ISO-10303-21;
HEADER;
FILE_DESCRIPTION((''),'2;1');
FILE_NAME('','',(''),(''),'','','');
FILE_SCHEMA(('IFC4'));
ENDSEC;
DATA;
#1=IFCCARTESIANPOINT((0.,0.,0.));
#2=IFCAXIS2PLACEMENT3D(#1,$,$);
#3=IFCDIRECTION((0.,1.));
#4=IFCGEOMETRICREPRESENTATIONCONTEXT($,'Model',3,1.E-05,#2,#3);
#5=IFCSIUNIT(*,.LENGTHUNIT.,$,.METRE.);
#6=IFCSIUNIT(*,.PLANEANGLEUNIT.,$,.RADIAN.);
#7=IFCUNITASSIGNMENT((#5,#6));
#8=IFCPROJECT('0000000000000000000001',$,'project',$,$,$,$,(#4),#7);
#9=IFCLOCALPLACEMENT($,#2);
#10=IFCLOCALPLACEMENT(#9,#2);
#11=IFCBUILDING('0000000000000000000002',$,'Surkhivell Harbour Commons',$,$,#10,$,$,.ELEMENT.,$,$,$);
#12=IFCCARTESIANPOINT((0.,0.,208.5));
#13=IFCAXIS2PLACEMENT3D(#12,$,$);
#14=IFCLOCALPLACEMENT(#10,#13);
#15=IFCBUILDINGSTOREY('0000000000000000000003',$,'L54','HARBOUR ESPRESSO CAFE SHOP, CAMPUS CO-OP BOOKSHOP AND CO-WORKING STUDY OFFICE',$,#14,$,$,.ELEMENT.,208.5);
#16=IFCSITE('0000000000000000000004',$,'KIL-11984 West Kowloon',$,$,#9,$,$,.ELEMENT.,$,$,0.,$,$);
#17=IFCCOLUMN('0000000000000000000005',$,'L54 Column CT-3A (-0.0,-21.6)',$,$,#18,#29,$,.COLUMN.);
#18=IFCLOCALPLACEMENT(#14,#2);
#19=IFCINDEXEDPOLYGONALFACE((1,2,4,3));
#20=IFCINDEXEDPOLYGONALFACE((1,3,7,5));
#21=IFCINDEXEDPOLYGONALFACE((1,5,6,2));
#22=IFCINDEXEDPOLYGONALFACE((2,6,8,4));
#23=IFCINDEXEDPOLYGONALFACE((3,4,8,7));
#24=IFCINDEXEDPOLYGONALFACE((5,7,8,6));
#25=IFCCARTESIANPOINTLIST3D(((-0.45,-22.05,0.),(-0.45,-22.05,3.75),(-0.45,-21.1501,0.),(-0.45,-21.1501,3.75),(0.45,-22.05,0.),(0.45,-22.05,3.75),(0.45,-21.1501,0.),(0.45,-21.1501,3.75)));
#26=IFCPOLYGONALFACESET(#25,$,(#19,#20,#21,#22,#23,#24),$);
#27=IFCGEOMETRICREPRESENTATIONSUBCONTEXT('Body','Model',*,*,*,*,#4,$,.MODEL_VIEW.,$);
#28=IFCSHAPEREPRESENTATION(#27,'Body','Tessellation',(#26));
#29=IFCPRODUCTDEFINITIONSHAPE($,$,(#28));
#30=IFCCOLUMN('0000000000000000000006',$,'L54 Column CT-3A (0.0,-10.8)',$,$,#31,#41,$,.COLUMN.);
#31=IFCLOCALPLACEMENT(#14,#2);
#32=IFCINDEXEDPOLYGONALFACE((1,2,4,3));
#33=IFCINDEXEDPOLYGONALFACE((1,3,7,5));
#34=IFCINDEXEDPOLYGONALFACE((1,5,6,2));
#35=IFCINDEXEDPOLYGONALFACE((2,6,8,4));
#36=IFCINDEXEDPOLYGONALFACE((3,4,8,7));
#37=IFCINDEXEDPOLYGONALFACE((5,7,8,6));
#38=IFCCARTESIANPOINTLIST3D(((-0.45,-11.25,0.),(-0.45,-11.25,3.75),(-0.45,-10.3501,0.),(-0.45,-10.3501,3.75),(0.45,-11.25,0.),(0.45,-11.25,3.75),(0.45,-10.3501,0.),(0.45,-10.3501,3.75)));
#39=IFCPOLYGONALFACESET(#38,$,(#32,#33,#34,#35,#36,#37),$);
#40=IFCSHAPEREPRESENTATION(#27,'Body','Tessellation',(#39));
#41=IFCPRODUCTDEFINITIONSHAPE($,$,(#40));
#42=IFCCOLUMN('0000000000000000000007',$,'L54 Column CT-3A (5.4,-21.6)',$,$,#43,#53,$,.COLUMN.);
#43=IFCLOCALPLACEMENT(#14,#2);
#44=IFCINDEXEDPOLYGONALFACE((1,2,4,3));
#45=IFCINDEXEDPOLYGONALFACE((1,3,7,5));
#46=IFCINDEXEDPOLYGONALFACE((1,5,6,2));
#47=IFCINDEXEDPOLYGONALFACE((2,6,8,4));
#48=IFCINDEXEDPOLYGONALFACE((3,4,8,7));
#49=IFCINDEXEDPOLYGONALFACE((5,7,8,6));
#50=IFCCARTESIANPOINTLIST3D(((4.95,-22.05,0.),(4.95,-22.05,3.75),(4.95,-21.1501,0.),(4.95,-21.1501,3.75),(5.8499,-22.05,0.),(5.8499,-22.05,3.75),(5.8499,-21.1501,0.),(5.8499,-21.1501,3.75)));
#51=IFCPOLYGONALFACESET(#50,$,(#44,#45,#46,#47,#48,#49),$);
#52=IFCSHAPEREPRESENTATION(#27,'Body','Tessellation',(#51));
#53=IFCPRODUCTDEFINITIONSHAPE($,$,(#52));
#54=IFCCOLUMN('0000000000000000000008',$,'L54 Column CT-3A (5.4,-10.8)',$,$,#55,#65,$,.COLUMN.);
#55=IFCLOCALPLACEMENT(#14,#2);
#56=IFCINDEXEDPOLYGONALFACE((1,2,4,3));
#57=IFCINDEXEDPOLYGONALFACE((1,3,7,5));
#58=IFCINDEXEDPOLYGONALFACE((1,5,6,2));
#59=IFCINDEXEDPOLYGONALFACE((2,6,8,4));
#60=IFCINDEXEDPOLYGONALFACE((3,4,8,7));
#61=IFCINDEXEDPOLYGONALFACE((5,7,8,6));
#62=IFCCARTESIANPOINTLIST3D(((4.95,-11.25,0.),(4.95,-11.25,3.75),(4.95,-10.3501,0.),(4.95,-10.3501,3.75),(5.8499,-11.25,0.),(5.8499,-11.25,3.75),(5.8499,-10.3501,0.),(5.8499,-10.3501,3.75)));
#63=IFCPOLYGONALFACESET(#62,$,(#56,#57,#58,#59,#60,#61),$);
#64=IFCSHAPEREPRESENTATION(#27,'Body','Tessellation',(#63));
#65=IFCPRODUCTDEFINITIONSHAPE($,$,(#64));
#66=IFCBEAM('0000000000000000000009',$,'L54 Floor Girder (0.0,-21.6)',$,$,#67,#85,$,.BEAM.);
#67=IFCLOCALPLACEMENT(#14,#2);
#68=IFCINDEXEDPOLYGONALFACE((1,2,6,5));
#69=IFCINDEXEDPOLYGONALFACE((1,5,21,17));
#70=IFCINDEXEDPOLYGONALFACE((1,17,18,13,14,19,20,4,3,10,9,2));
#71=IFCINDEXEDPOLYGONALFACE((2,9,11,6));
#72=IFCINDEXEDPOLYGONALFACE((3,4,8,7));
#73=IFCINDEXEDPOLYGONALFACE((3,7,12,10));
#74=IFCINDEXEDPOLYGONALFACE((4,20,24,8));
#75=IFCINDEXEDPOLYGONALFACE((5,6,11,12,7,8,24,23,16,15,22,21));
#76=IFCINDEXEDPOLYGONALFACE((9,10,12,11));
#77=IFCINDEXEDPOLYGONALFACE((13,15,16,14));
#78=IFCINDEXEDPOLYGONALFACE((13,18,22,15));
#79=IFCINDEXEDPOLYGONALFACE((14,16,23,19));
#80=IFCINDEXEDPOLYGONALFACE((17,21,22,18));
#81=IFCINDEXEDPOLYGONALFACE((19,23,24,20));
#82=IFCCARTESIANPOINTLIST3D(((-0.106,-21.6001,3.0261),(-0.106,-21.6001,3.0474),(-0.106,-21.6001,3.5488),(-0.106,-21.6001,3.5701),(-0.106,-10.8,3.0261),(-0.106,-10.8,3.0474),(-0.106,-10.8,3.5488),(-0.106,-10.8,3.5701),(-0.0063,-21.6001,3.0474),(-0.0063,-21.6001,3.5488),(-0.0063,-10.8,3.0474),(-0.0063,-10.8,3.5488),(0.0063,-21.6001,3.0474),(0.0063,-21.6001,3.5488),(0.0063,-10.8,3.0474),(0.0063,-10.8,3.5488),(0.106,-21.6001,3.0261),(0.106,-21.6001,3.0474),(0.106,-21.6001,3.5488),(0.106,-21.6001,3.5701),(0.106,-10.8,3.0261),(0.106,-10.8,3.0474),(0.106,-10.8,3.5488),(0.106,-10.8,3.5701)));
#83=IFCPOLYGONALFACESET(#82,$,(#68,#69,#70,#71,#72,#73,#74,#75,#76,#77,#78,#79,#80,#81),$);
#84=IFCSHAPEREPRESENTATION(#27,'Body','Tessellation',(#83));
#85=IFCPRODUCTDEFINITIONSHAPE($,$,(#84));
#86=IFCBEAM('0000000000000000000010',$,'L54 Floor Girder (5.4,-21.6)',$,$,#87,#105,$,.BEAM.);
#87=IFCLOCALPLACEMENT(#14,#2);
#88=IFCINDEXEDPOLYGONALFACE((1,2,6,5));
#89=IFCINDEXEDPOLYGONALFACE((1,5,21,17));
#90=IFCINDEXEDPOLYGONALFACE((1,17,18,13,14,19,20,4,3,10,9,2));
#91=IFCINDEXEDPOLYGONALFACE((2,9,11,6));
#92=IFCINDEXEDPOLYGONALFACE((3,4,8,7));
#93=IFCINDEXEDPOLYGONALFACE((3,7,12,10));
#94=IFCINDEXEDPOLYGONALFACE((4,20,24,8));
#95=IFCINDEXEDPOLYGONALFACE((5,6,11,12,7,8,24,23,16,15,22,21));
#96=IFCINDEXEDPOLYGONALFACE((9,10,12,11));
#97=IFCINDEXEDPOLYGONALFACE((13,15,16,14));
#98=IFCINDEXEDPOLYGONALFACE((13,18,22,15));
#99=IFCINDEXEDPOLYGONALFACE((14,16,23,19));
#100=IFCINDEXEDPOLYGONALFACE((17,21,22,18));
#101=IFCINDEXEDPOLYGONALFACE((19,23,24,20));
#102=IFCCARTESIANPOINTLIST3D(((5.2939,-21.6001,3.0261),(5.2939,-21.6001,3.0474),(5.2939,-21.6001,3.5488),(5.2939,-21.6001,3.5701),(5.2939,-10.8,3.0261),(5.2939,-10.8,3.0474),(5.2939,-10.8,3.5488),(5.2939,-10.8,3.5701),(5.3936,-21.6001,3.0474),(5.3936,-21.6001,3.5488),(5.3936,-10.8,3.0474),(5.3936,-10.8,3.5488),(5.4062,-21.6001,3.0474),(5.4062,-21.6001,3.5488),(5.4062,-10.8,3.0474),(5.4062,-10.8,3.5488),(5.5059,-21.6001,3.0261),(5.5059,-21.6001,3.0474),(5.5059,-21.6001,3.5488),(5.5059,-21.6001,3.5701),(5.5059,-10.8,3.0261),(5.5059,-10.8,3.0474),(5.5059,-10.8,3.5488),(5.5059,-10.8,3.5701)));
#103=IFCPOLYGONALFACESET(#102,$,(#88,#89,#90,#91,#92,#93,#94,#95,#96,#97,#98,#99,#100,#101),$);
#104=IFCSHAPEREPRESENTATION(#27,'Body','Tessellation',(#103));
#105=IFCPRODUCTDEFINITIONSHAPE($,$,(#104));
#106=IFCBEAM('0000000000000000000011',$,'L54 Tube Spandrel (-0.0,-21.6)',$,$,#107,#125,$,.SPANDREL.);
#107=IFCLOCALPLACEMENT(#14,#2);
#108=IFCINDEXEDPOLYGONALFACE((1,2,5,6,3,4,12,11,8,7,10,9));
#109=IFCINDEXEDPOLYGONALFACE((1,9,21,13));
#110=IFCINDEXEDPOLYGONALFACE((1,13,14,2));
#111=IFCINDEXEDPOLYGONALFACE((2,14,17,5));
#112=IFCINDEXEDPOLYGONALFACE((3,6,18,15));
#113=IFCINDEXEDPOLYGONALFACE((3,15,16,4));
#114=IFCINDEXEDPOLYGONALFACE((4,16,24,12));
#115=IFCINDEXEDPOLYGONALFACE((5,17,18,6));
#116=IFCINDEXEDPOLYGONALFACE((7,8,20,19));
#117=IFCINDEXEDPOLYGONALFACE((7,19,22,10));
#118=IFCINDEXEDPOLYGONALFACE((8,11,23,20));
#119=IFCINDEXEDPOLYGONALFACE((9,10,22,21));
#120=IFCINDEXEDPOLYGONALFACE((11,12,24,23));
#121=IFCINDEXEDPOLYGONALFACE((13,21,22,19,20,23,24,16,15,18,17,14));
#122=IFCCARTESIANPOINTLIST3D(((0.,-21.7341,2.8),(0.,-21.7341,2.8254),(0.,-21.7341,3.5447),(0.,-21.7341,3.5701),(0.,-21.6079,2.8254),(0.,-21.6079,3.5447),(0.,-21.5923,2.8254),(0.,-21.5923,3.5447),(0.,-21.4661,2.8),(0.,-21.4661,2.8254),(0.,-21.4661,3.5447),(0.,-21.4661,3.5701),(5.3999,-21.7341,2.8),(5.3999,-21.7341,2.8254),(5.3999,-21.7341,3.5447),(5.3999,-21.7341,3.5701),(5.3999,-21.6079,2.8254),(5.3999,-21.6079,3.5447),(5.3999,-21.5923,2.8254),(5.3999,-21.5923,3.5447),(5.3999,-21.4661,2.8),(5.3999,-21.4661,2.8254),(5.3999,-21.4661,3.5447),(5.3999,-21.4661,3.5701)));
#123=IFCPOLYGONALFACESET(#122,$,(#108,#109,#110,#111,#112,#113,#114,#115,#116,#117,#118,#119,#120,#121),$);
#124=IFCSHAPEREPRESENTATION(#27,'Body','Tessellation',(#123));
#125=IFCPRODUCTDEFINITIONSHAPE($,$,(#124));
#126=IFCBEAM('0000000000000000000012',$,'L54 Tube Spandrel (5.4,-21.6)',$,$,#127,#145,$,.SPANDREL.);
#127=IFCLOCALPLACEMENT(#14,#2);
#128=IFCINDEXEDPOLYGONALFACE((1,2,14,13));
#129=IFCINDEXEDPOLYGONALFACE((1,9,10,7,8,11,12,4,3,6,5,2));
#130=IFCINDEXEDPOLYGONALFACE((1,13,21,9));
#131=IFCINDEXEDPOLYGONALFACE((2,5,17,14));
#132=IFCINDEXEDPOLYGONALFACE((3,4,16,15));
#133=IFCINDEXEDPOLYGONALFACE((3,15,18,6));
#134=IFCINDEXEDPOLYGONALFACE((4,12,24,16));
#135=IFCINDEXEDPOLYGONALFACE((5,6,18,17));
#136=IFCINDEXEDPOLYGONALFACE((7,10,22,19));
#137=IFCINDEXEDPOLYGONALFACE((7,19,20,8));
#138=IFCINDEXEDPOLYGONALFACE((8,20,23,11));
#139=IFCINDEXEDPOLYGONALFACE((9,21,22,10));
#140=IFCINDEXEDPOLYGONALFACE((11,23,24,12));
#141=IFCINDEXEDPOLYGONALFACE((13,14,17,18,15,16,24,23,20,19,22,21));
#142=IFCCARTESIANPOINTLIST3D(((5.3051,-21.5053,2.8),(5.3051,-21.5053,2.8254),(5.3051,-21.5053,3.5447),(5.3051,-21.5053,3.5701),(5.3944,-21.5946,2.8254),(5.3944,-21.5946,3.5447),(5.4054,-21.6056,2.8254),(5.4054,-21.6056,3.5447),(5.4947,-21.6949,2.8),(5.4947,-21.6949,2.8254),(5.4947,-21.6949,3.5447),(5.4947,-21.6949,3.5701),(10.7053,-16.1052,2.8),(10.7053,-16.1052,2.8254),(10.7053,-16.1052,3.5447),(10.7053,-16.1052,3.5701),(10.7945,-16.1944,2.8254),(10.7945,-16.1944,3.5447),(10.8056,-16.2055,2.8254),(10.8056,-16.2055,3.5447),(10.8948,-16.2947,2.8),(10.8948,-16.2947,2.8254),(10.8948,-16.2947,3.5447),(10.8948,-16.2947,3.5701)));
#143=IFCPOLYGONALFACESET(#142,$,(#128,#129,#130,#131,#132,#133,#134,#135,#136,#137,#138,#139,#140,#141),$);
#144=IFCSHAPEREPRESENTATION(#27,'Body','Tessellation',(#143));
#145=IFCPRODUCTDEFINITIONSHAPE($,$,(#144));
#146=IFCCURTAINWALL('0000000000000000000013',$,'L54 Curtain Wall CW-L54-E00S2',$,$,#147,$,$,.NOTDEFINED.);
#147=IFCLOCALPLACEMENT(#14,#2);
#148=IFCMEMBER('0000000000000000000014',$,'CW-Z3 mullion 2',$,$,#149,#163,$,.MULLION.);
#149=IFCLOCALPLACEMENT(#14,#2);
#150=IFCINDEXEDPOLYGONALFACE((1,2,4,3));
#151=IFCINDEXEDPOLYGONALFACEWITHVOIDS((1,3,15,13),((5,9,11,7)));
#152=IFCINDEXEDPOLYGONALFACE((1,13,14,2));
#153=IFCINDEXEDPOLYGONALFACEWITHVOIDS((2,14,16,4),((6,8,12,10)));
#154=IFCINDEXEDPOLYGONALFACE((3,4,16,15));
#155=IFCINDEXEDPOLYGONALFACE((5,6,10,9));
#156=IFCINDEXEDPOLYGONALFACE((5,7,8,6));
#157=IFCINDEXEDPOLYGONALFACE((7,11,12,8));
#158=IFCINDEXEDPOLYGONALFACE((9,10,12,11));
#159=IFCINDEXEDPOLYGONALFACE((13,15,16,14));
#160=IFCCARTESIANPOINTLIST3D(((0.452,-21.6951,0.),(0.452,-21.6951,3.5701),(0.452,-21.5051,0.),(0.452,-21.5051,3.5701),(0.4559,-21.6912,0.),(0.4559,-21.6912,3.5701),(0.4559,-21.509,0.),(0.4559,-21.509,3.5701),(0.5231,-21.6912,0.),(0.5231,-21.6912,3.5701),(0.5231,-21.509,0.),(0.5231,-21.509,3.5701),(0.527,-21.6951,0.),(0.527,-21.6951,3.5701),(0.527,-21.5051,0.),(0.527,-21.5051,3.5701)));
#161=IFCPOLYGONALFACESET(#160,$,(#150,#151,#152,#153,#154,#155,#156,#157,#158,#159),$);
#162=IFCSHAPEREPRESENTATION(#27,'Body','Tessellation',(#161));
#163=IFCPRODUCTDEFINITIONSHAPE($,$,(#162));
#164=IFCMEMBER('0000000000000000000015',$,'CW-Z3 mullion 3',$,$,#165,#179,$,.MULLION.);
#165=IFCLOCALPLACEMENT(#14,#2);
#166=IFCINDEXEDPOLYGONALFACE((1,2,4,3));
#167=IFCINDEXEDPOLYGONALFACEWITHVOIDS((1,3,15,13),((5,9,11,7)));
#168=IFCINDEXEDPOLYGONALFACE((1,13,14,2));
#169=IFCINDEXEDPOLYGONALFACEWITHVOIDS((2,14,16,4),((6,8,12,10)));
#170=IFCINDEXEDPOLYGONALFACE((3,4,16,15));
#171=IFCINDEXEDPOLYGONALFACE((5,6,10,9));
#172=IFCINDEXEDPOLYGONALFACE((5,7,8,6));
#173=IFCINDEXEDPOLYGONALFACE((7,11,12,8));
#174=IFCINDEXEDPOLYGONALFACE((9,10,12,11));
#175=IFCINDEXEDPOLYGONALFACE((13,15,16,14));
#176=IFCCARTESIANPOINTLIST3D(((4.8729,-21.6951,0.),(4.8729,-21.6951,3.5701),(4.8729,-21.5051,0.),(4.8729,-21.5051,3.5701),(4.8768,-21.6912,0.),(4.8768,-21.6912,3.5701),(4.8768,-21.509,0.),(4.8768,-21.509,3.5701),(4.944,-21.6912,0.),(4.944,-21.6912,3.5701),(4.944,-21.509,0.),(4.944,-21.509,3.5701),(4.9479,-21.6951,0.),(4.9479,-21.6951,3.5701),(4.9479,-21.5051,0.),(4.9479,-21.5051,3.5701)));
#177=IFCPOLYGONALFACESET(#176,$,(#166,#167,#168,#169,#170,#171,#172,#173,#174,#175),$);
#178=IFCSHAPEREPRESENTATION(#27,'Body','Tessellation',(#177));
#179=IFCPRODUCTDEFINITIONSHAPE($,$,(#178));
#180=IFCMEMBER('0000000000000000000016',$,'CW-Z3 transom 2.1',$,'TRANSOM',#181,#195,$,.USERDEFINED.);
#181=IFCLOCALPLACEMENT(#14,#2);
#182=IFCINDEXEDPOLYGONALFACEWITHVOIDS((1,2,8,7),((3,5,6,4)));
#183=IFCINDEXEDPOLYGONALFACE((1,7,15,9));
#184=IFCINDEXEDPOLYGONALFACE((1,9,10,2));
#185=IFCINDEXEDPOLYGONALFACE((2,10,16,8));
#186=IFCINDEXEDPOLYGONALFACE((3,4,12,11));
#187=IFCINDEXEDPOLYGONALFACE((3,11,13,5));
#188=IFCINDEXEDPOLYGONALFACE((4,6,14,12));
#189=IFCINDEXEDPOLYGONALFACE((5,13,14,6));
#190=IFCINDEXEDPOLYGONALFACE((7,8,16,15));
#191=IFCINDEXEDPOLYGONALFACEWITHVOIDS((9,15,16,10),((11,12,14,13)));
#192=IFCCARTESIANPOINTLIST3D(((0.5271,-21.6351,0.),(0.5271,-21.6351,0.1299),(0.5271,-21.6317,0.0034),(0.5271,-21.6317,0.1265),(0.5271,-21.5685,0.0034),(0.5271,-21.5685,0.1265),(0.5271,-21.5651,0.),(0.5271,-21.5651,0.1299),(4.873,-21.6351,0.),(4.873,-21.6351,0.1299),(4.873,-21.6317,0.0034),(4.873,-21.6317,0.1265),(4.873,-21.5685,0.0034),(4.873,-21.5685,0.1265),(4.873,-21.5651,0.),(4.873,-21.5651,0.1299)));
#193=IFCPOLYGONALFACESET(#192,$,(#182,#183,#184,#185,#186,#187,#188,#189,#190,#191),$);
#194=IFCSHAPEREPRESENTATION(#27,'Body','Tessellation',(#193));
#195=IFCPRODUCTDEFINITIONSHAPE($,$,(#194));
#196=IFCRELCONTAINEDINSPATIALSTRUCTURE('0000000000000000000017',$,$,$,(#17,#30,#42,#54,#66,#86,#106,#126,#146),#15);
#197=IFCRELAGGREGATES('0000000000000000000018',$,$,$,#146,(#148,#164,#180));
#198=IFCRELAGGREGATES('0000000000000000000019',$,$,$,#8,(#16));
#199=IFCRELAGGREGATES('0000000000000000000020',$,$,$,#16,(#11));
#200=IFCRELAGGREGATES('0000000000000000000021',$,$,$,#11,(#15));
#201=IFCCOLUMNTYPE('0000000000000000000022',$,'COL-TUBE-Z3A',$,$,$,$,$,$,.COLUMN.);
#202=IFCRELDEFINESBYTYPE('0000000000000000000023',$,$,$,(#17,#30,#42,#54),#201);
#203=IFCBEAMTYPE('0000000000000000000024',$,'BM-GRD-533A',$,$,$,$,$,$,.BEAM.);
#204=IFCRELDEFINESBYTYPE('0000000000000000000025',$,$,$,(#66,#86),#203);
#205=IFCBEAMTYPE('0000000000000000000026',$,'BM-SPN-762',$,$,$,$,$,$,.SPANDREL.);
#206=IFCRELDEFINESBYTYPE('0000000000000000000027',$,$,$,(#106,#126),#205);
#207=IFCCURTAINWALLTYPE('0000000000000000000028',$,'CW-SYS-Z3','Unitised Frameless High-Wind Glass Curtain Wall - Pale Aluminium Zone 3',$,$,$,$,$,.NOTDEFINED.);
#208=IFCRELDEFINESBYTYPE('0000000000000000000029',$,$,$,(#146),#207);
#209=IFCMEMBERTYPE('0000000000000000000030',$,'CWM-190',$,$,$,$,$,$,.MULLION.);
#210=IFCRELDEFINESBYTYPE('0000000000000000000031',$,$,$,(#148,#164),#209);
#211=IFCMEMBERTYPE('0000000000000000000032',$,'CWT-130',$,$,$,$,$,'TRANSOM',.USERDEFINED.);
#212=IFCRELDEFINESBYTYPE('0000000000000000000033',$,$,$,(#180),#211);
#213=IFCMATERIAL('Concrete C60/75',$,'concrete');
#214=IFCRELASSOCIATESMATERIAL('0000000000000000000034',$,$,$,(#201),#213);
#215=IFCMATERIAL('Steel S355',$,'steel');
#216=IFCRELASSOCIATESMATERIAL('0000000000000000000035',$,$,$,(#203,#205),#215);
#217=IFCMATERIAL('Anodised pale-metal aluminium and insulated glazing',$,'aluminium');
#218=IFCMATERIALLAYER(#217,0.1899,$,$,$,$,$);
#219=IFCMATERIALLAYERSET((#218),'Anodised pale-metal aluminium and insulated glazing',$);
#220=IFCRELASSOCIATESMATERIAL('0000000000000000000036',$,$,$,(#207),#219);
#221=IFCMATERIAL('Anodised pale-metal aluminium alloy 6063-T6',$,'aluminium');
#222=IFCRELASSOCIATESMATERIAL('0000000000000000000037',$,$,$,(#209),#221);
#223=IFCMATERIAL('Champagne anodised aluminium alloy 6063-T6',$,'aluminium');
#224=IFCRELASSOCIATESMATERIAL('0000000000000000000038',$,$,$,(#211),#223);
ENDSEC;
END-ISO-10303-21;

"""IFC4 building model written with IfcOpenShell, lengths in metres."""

from ifc_helpers import new_model, si_unit, direction, frame, origin, origin_2d, place, context, subcontext, project, spatial, rectangle, hollow_rectangle, i_section, extrude, material, layer, layer_set, material_profile, profile_set, type_object, element, aggregate, save


model = new_model("IFC4")

# Units and contexts
model_context = context("Model", 3, precision=1e-05, world=origin(), true_north=direction((0.0, 1.0)))
body_context = subcontext(model_context, "Body", "Model", "MODEL_VIEW")
ifc_project = project(units=[si_unit("LENGTHUNIT", "METRE"), si_unit("PLANEANGLEUNIT", "RADIAN")], contexts=[model_context])

# Site, building, storey
site_placement = place(None, origin())
site = spatial("IfcSite", under=ifc_project, at=site_placement, Name="KIL-11984 West Kowloon", CompositionType="ELEMENT", RefElevation=0.0)
building_placement = place(site_placement, origin())
building = spatial("IfcBuilding", under=site, at=building_placement, Name="Surkhivell Harbour Commons", CompositionType="ELEMENT")
storey_placement = place(building_placement, frame((0.0, 0.0, 208.5)))
storey = spatial("IfcBuildingStorey", under=building, at=storey_placement, Name="L54", Description="HARBOUR ESPRESSO CAFE SHOP, CAMPUS CO-OP BOOKSHOP AND CO-WORKING STUDY OFFICE", CompositionType="ELEMENT", Elevation=208.5)

# Columns
ifc_material_1 = material(Name="Concrete C60/75", Category="concrete")
ifc_material_profile_1 = material_profile(ifc_material_1, rectangle(XDim=0.8999, YDim=0.8999, at=origin_2d()), Name="RC-COL-900x900")
ifc_profile_set_1 = profile_set([ifc_material_profile_1], Name="Concrete C60/75")
column_type = type_object("IfcColumnType", Name="COL-TUBE-Z3A", PredefinedType="COLUMN", material=ifc_profile_set_1)
for number, where, z_axis, x_axis, name in (
    (1, (0.0, -21.6001, 0.0), (0.0, 0.0, 1.0), (1.0, 0.0, 0.0), "L54 Column CT-3A (-0.0,-21.6)"),
    (2, (0.0, -10.8, 0.0), (0.0, 0.0, 1.0), (1.0, 0.0, 0.0), "L54 Column CT-3A (0.0,-10.8)"),
    (3, (5.3999, -21.6001, 0.0), (0.0, 0.0, 1.0), (1.0, 0.0, 0.0), "L54 Column CT-3A (5.4,-21.6)"),
    (4, (5.3999, -10.8, 0.0), (0.0, 0.0, 1.0), (1.0, 0.0, 0.0), "L54 Column CT-3A (5.4,-10.8)"),
):
    element("IfcColumn", number, at=place(storey_placement, frame(where, z_axis=z_axis, x_axis=x_axis)), inside=storey, type_object=column_type, Name=name, PredefinedType="COLUMN", context=body_context, shape_type="SweptSolid", body=[
        extrude(rectangle(XDim=0.8999, YDim=0.8999, at=origin_2d()), origin(), (0.0, 0.0, 1.0), 3.75),
    ])

# Beams
ifc_material_2 = material(Name="Steel S355", Category="steel")
ifc_material_profile_2 = material_profile(ifc_material_2, i_section(OverallWidth=0.2119, OverallDepth=0.5439, WebThickness=0.0127, FlangeThickness=0.0212, at=origin_2d()), Name="UB533x210x122")
ifc_profile_set_2 = profile_set([ifc_material_profile_2], Name="Steel S355")
beam_type_1 = type_object("IfcBeamType", Name="BM-GRD-533A", PredefinedType="BEAM", material=ifc_profile_set_2)
for number, where, z_axis, x_axis, name in (
    (5, (0.0, -21.6001, 3.2981), (0.0, 1.0, 0.0), (-1.0, 0.0, 0.0), "L54 Floor Girder (0.0,-21.6)"),
    (6, (5.3999, -21.6001, 3.2981), (0.0, 1.0, 0.0), (-1.0, 0.0, 0.0), "L54 Floor Girder (5.4,-21.6)"),
):
    element("IfcBeam", number, at=place(storey_placement, frame(where, z_axis=z_axis, x_axis=x_axis)), inside=storey, type_object=beam_type_1, Name=name, PredefinedType="BEAM", context=body_context, shape_type="SweptSolid", body=[
        extrude(i_section(OverallWidth=0.2119, OverallDepth=0.5439, WebThickness=0.0127, FlangeThickness=0.0212, at=origin_2d()), origin(), (0.0, 0.0, 1.0), 10.8),
    ])
ifc_material_profile_3 = material_profile(ifc_material_2, i_section(OverallWidth=0.2681, OverallDepth=0.77, WebThickness=0.0156, FlangeThickness=0.0254, at=origin_2d()), Name="UB762x267x197")
ifc_profile_set_3 = profile_set([ifc_material_profile_3], Name="Steel S355")
beam_type_2 = type_object("IfcBeamType", Name="BM-SPN-762", PredefinedType="SPANDREL", material=ifc_profile_set_3)
beam_1_placement = place(storey_placement, frame((0.0, -21.6001, 3.1851), z_axis=(1.0, 0.0, 0.0), x_axis=(0.0, 1.0, 0.0)))
element("IfcBeam", 7, at=beam_1_placement, inside=storey, type_object=beam_type_2, Name="L54 Tube Spandrel (-0.0,-21.6)", PredefinedType="SPANDREL", context=body_context, shape_type="SweptSolid", body=[
    extrude(i_section(OverallWidth=0.2681, OverallDepth=0.77, WebThickness=0.0156, FlangeThickness=0.0254, at=origin_2d()), origin(), (0.0, 0.0, 1.0), 5.3999),
])
beam_2_placement = place(storey_placement, frame((5.3999, -21.6001, 3.1851), z_axis=(0.707107, 0.707107, 0.0), x_axis=(-0.707107, 0.707107, 0.0)))
element("IfcBeam", 8, at=beam_2_placement, inside=storey, type_object=beam_type_2, Name="L54 Tube Spandrel (5.4,-21.6)", PredefinedType="SPANDREL", context=body_context, shape_type="SweptSolid", body=[
    extrude(i_section(OverallWidth=0.2681, OverallDepth=0.77, WebThickness=0.0156, FlangeThickness=0.0254, at=origin_2d()), origin(), (0.0, 0.0, 1.0), 7.637),
])

# Curtain wall, members
ifc_material_3 = material(Name="Anodised pale-metal aluminium and insulated glazing", Category="aluminium")
ifc_layer_1 = layer(ifc_material_3, 0.1899)
ifc_layer_set_1 = layer_set([ifc_layer_1], Name="Anodised pale-metal aluminium and insulated glazing")
curtain_wall_type = type_object("IfcCurtainWallType", Name="CW-SYS-Z3", Description="Unitised Frameless High-Wind Glass Curtain Wall - Pale Aluminium Zone 3", PredefinedType="NOTDEFINED", material=ifc_layer_set_1)
curtain_wall_placement = place(storey_placement, origin())
curtain_wall = element("IfcCurtainWall", 9, at=curtain_wall_placement, inside=storey, type_object=curtain_wall_type, Name="L54 Curtain Wall CW-L54-E00S2", PredefinedType="NOTDEFINED")
ifc_material_4 = material(Name="Anodised pale-metal aluminium alloy 6063-T6", Category="aluminium")
ifc_material_profile_4 = material_profile(ifc_material_4, hollow_rectangle(XDim=0.075, YDim=0.1899, WallThickness=0.0039, at=origin_2d()), Name="ALU-MULL-75x190")
ifc_profile_set_4 = profile_set([ifc_material_profile_4], Name="Anodised pale-metal aluminium alloy 6063-T6")
member_type_1 = type_object("IfcMemberType", Name="CWM-190", PredefinedType="MULLION", material=ifc_profile_set_4)
member_1_placement = place(storey_placement, frame((0.4895, -21.6001, 0.0), z_axis=(0.0, 0.0, 1.0), x_axis=(1.0, 0.0, 0.0)))
member_1 = element("IfcMember", 10, at=member_1_placement, type_object=member_type_1, Name="CW-Z3 mullion 2", PredefinedType="MULLION", context=body_context, shape_type="SweptSolid", body=[
    extrude(hollow_rectangle(XDim=0.075, YDim=0.1899, WallThickness=0.0039, at=origin_2d()), origin(), (0.0, 0.0, 1.0), 3.5701),
])
member_2_placement = place(storey_placement, frame((4.9104, -21.6001, 0.0), z_axis=(0.0, 0.0, 1.0), x_axis=(1.0, 0.0, 0.0)))
member_2 = element("IfcMember", 11, at=member_2_placement, type_object=member_type_1, Name="CW-Z3 mullion 3", PredefinedType="MULLION", context=body_context, shape_type="SweptSolid", body=[
    extrude(hollow_rectangle(XDim=0.075, YDim=0.1899, WallThickness=0.0039, at=origin_2d()), origin(), (0.0, 0.0, 1.0), 3.5701),
])
ifc_material_5 = material(Name="Champagne anodised aluminium alloy 6063-T6", Category="aluminium")
ifc_material_profile_5 = material_profile(ifc_material_5, hollow_rectangle(XDim=0.0701, YDim=0.1299, WallThickness=0.0034, at=origin_2d()), Name="ALU-TRAN-70x130")
ifc_profile_set_5 = profile_set([ifc_material_profile_5], Name="Champagne anodised aluminium alloy 6063-T6")
member_type_2 = type_object("IfcMemberType", Name="CWT-130", ElementType="TRANSOM", PredefinedType="USERDEFINED", material=ifc_profile_set_5)
member_3_placement = place(storey_placement, frame((0.5271, -21.6001, 0.0649), z_axis=(1.0, 0.0, 0.0), x_axis=(0.0, 1.0, 0.0)))
member_3 = element("IfcMember", 12, at=member_3_placement, type_object=member_type_2, Name="CW-Z3 transom 2.1", ObjectType="TRANSOM", PredefinedType="USERDEFINED", context=body_context, shape_type="SweptSolid", body=[
    extrude(hollow_rectangle(XDim=0.0701, YDim=0.1299, WallThickness=0.0034, at=origin_2d()), origin(), (0.0, 0.0, 1.0), 4.3459),
])
aggregate(curtain_wall, [member_1, member_2, member_3])

save(model, "model.ifc")
